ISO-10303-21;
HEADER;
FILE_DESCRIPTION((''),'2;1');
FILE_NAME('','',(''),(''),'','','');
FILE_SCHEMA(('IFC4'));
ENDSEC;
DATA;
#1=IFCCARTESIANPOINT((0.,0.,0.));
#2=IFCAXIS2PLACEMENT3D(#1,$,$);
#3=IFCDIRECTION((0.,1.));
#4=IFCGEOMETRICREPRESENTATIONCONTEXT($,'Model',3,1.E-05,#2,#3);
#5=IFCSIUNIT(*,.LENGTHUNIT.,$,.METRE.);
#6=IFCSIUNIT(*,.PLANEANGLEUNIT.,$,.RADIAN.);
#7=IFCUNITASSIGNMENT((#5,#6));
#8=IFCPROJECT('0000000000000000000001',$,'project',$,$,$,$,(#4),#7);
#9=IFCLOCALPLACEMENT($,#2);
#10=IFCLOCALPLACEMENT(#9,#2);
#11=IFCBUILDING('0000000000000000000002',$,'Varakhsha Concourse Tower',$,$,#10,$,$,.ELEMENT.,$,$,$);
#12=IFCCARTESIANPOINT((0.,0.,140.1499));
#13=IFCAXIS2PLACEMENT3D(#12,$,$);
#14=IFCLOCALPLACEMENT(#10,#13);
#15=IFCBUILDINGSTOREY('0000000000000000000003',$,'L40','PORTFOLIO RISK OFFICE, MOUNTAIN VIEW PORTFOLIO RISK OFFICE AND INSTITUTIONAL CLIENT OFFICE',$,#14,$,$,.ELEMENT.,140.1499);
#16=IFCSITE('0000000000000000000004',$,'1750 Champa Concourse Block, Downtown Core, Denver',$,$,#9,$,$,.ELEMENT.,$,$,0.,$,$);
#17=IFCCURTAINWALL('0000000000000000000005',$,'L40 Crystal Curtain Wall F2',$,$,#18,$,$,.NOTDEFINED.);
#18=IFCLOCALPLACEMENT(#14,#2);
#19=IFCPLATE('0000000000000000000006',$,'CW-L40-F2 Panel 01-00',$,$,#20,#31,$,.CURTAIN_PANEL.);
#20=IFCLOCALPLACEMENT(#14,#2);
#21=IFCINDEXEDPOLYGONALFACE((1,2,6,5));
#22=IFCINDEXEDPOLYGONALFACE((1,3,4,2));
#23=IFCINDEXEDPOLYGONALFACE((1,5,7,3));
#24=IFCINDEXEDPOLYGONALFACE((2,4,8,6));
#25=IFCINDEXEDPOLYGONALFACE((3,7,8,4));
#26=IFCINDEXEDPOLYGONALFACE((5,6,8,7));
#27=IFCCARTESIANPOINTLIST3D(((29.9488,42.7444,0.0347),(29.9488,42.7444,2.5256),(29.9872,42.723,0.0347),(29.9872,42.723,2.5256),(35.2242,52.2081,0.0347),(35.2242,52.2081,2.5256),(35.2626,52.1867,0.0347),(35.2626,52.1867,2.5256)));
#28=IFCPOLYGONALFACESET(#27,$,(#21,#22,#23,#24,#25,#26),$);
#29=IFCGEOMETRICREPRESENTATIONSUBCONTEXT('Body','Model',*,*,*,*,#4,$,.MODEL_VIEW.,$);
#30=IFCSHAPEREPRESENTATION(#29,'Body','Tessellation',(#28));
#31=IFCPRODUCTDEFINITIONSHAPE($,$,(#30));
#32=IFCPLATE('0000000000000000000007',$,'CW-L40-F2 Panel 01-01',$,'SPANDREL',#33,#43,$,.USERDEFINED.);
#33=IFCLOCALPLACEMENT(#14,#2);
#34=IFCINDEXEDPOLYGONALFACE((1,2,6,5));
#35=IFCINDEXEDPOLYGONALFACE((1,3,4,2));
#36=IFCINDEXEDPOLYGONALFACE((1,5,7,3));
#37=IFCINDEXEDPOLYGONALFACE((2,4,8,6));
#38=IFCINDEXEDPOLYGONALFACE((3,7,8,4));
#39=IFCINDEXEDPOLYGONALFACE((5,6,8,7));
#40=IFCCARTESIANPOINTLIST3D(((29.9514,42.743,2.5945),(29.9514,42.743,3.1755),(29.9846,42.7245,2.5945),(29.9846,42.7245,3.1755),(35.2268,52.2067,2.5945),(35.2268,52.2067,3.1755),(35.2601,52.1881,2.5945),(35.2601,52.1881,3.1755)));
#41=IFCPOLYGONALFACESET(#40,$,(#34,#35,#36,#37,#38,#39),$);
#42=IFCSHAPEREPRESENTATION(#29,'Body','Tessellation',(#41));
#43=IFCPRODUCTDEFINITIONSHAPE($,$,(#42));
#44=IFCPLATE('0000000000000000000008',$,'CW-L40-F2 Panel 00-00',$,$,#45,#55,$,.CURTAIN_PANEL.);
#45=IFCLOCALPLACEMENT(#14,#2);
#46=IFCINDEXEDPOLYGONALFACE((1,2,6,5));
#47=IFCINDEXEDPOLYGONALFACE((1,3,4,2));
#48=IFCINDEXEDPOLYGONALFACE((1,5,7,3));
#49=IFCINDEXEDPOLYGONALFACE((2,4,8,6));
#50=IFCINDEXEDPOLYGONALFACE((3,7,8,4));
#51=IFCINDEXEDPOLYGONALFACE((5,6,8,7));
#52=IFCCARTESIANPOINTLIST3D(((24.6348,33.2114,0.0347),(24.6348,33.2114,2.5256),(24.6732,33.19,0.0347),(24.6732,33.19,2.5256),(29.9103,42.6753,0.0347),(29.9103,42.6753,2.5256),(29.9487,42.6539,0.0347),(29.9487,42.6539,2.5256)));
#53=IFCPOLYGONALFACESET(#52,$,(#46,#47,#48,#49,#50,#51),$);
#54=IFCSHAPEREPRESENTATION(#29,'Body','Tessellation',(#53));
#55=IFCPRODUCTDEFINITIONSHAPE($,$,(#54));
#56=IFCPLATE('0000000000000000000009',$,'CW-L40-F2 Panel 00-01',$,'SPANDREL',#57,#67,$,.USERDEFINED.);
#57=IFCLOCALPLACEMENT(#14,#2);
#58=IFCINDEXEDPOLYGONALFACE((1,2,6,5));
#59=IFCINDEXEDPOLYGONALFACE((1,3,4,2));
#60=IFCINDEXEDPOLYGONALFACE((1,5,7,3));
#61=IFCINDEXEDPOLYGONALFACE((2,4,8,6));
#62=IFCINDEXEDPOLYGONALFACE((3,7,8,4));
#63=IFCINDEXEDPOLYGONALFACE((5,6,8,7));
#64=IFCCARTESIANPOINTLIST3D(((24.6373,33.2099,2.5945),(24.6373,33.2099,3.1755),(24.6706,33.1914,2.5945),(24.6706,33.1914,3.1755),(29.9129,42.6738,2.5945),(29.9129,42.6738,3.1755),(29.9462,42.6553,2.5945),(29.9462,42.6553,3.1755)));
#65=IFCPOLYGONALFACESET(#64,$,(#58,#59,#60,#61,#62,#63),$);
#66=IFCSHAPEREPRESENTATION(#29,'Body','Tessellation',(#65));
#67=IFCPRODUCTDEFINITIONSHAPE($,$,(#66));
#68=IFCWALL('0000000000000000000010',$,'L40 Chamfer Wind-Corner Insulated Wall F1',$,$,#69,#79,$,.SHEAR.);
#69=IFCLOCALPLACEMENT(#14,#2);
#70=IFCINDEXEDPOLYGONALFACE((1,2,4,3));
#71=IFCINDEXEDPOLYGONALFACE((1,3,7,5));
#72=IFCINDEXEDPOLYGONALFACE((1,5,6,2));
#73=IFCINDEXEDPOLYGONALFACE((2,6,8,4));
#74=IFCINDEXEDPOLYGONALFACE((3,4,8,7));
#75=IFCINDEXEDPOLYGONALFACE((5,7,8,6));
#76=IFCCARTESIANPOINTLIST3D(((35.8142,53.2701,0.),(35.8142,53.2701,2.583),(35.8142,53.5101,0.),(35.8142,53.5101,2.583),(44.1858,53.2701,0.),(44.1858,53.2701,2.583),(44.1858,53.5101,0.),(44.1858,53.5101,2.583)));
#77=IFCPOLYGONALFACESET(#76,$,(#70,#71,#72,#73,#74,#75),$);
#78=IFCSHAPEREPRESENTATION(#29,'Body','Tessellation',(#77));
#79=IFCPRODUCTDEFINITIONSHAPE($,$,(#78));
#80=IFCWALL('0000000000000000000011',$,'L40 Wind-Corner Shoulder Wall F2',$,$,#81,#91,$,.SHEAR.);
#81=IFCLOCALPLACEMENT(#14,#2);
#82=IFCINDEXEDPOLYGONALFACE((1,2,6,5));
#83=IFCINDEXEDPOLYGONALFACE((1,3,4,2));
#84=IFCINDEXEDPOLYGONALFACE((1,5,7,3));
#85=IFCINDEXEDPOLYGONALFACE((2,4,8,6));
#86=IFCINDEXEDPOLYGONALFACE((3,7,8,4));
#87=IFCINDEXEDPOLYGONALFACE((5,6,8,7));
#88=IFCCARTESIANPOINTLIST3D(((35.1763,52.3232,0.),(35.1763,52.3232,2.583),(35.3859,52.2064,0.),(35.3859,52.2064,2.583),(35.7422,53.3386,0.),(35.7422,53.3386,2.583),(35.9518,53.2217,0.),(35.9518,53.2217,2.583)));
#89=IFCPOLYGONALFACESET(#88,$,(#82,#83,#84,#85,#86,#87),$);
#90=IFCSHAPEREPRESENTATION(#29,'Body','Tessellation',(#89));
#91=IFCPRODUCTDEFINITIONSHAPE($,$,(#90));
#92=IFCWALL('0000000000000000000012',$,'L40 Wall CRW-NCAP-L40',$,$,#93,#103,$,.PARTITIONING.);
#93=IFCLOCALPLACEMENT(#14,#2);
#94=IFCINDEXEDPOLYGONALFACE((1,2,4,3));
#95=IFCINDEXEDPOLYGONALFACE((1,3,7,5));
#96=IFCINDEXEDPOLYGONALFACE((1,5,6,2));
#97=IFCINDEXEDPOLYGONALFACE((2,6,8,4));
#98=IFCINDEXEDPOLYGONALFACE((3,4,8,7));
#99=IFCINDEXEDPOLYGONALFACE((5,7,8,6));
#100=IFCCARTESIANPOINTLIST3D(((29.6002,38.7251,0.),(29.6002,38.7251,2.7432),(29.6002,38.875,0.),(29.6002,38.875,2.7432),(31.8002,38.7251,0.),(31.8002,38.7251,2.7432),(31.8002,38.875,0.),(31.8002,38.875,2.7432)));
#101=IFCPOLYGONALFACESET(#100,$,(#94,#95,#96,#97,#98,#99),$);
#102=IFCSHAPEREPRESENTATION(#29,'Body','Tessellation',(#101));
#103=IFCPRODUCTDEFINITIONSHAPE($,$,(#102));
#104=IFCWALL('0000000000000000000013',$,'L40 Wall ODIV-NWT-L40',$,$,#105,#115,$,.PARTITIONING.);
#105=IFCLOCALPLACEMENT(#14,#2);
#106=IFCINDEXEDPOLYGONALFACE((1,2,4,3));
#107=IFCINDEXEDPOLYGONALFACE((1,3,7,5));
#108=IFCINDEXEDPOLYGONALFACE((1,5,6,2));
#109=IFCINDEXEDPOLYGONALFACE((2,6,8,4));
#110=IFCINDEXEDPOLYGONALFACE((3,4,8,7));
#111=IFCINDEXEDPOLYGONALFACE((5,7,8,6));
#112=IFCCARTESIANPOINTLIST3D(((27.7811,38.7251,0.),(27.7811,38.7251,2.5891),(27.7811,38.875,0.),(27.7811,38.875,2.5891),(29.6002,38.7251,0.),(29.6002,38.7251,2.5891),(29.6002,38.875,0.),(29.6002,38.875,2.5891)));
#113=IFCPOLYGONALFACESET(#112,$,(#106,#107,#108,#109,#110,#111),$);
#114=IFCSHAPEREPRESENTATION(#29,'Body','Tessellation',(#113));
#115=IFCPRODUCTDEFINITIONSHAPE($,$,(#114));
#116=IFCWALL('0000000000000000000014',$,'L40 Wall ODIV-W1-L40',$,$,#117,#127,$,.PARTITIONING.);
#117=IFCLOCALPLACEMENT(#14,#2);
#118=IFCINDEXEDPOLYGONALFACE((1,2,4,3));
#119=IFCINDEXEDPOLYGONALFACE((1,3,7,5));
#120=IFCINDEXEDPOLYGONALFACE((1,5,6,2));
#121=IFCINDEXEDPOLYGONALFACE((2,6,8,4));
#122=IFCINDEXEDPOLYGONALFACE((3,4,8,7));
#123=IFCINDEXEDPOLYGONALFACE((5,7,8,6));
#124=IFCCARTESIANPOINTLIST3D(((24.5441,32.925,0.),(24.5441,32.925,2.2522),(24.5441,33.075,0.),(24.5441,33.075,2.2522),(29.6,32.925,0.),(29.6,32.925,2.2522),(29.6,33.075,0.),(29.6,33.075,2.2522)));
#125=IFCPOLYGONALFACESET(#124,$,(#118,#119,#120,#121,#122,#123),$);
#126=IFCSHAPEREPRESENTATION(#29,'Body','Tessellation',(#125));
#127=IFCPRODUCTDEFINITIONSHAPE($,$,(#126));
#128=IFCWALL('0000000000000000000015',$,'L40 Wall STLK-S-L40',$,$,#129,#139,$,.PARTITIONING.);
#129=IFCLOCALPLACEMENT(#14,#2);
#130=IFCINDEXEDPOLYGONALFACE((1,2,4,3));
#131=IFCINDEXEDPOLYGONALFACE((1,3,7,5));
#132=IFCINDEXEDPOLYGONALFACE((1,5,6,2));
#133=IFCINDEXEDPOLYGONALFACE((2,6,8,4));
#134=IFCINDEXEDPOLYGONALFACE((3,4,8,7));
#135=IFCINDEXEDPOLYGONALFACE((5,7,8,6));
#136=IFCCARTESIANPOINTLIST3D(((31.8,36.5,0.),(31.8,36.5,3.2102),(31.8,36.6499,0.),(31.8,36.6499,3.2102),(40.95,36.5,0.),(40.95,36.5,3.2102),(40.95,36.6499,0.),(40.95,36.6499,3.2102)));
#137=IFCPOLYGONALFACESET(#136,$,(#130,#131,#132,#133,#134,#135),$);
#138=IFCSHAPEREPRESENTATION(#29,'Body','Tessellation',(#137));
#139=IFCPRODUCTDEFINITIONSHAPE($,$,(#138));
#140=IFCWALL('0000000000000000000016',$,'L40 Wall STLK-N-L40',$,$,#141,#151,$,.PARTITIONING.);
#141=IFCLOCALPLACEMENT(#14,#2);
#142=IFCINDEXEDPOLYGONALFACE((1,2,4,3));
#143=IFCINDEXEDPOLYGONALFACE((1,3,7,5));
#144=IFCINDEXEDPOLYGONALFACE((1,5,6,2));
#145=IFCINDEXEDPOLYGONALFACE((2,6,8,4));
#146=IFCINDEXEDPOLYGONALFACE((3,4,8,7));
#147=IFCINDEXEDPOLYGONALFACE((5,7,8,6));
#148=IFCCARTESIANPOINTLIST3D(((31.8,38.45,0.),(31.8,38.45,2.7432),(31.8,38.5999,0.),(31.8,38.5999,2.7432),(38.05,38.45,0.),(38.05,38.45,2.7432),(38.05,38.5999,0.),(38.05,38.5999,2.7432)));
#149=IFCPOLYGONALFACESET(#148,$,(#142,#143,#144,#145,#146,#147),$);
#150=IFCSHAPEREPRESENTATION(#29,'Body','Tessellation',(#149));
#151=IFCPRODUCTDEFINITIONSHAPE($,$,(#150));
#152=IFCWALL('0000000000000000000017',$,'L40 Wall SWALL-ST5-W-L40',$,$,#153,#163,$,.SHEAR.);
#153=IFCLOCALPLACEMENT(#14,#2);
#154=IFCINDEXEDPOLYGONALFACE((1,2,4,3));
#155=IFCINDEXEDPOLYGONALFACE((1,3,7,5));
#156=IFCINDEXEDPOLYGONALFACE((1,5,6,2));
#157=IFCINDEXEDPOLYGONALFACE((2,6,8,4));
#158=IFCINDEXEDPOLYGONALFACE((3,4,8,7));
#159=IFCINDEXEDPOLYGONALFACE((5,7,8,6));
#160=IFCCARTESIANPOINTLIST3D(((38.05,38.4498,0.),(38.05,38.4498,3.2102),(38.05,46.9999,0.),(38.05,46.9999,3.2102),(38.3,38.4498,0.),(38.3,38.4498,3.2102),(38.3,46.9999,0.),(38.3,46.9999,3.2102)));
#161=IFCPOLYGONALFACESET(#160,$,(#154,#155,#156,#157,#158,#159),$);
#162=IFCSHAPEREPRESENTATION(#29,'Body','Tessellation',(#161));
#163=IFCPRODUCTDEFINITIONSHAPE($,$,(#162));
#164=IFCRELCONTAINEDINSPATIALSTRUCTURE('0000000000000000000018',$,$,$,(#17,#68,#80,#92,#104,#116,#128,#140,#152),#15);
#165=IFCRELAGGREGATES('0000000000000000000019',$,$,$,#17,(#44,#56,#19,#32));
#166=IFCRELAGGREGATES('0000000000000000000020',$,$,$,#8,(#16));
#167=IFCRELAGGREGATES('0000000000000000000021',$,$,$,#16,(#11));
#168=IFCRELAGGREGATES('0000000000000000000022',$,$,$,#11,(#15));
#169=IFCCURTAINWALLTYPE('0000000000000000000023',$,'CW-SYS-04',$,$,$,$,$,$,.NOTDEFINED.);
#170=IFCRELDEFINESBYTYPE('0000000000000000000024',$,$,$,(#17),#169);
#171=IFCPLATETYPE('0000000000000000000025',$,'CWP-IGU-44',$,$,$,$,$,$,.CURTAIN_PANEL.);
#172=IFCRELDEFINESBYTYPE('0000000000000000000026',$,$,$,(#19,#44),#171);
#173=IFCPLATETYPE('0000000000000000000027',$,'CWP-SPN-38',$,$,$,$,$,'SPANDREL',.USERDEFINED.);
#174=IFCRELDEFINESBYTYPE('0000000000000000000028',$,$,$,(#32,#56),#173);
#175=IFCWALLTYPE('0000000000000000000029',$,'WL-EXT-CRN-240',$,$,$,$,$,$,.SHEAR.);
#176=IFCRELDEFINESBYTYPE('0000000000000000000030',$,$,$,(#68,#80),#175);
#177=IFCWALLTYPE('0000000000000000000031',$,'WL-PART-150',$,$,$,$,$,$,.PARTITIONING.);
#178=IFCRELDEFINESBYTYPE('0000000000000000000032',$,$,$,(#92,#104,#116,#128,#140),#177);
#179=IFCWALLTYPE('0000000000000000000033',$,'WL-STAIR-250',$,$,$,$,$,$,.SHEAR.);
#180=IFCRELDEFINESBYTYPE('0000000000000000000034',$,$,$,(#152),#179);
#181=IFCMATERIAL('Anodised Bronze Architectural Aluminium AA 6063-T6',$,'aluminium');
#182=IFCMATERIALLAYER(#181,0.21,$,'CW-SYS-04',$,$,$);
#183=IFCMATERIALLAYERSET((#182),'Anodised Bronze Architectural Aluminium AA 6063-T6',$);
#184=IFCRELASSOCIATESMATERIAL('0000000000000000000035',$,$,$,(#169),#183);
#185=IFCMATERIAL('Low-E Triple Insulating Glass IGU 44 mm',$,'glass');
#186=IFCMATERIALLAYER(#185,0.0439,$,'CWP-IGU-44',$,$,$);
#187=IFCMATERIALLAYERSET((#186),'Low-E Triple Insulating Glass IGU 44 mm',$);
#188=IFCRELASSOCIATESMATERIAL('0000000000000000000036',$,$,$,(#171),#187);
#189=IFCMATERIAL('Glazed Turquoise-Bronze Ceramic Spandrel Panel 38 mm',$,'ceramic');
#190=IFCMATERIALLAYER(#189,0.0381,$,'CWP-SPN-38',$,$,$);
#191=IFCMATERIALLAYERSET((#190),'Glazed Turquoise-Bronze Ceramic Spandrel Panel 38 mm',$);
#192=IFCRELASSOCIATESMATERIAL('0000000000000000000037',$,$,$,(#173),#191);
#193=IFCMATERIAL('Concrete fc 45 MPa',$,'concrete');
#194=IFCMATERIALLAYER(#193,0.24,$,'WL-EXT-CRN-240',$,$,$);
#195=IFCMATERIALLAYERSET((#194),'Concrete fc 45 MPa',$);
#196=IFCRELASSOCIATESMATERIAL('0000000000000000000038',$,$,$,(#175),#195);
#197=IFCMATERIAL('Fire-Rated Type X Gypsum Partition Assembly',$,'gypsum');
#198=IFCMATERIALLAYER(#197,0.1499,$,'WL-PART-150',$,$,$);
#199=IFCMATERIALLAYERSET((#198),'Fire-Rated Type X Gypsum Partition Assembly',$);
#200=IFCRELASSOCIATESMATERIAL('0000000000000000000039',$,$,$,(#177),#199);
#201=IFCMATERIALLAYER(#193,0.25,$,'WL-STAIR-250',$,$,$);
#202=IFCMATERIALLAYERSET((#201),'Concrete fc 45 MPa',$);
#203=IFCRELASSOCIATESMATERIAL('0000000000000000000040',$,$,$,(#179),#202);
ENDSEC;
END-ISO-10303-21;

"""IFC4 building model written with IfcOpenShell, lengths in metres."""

from ifc_helpers import new_model, si_unit, direction, frame, frame_2d, origin, origin_2d, place, context, subcontext, project, spatial, rectangle, extrude, source, transform, mapped, material, layer, layer_set, type_object, type_shapes, element, aggregate, save


model = new_model("IFC4")

# Units and contexts
model_context = context("Model", 3, precision=1e-05, world=origin(), true_north=direction((0.0, 1.0)))
body_context = subcontext(model_context, "Body", "Model", "MODEL_VIEW")
ifc_project = project(units=[si_unit("LENGTHUNIT", "METRE"), si_unit("PLANEANGLEUNIT", "RADIAN")], contexts=[model_context])

# Site, building, storey
site_placement = place(None, origin())
site = spatial("IfcSite", under=ifc_project, at=site_placement, Name="1750 Champa Concourse Block, Downtown Core, Denver", CompositionType="ELEMENT", RefElevation=0.0)
building_placement = place(site_placement, origin())
building = spatial("IfcBuilding", under=site, at=building_placement, Name="Varakhsha Concourse Tower", CompositionType="ELEMENT")
storey_placement = place(building_placement, frame((0.0, 0.0, 140.1499)))
storey = spatial("IfcBuildingStorey", under=building, at=storey_placement, Name="L40", Description="PORTFOLIO RISK OFFICE, MOUNTAIN VIEW PORTFOLIO RISK OFFICE AND INSTITUTIONAL CLIENT OFFICE", CompositionType="ELEMENT", Elevation=140.1499)

# Curtain wall
ifc_material_1 = material(Name="Anodised Bronze Architectural Aluminium AA 6063-T6", Category="aluminium")
ifc_layer_1 = layer(ifc_material_1, 0.21, Name="CW-SYS-04")
ifc_layer_set_1 = layer_set([ifc_layer_1], Name="Anodised Bronze Architectural Aluminium AA 6063-T6")
curtain_wall_type = type_object("IfcCurtainWallType", Name="CW-SYS-04", PredefinedType="NOTDEFINED", material=ifc_layer_set_1)
curtain_wall_1_placement = place(storey_placement, origin())
curtain_wall_1 = element("IfcCurtainWall", 1, at=curtain_wall_1_placement, inside=storey, type_object=curtain_wall_type, Name="L40 Crystal Curtain Wall F2", PredefinedType="NOTDEFINED")

# Plates
ifc_material_2 = material(Name="Low-E Triple Insulating Glass IGU 44 mm", Category="glass")
ifc_layer_2 = layer(ifc_material_2, 0.0439, Name="CWP-IGU-44")
ifc_layer_set_2 = layer_set([ifc_layer_2], Name="Low-E Triple Insulating Glass IGU 44 mm")
plate_type_1 = type_object("IfcPlateType", Name="CWP-IGU-44", PredefinedType="CURTAIN_PANEL", material=ifc_layer_set_2)
shared_shape_1 = source(origin(), body_context, "Body", "SweptSolid", [
    extrude(rectangle(XDim=10.8347, YDim=0.0439, at=origin_2d()), origin(), (0.0, 0.0, 1.0), 2.491),
])
plate_1_placement = place(storey_placement, frame((32.6057, 47.4656, 0.0347), z_axis=(0.0, 0.0, 1.0), x_axis=(0.4869, 0.873458, 0.0)))
plate_1 = element("IfcPlate", 2, at=plate_1_placement, type_object=plate_type_1, Name="CW-L40-F2 Panel 01-00", PredefinedType="CURTAIN_PANEL", context=body_context, shape_type="MappedRepresentation", body=[
    mapped(shared_shape_1, transform((0.0, 0.0, 0.0), scale=1.0)),
])
ifc_material_3 = material(Name="Glazed Turquoise-Bronze Ceramic Spandrel Panel 38 mm", Category="ceramic")
ifc_layer_3 = layer(ifc_material_3, 0.0381, Name="CWP-SPN-38")
ifc_layer_set_3 = layer_set([ifc_layer_3], Name="Glazed Turquoise-Bronze Ceramic Spandrel Panel 38 mm")
plate_type_2 = type_object("IfcPlateType", Name="CWP-SPN-38", ElementType="SPANDREL", PredefinedType="USERDEFINED", material=ifc_layer_set_3)
shared_shape_2 = source(origin(), body_context, "Body", "SweptSolid", [
    extrude(rectangle(XDim=10.8347, YDim=0.0381, at=origin_2d()), origin(), (0.0, 0.0, 1.0), 0.5811),
])
plate_2_placement = place(storey_placement, frame((32.6057, 47.4656, 2.5945), z_axis=(0.0, 0.0, 1.0), x_axis=(0.4869, 0.873458, 0.0)))
plate_2 = element("IfcPlate", 3, at=plate_2_placement, type_object=plate_type_2, Name="CW-L40-F2 Panel 01-01", ObjectType="SPANDREL", PredefinedType="USERDEFINED", context=body_context, shape_type="MappedRepresentation", body=[
    mapped(shared_shape_2, transform((0.0, 0.0, 0.0), scale=1.0)),
])
shared_shape_3 = source(origin(), body_context, "Body", "SweptSolid", [
    extrude(rectangle(XDim=10.835, YDim=0.0439, at=origin_2d()), origin(), (0.0, 0.0, 1.0), 2.491),
])
type_shapes(plate_type_1, [shared_shape_1, shared_shape_3])
plate_3_placement = place(storey_placement, frame((27.2917, 37.9326, 0.0347), z_axis=(0.0, 0.0, 1.0), x_axis=(0.4869, 0.873458, 0.0)))
plate_3 = element("IfcPlate", 4, at=plate_3_placement, type_object=plate_type_1, Name="CW-L40-F2 Panel 00-00", PredefinedType="CURTAIN_PANEL", context=body_context, shape_type="MappedRepresentation", body=[
    mapped(shared_shape_3, transform((0.0, 0.0, 0.0), scale=1.0)),
])
shared_shape_4 = source(origin(), body_context, "Body", "SweptSolid", [
    extrude(rectangle(XDim=10.835, YDim=0.0381, at=origin_2d()), origin(), (0.0, 0.0, 1.0), 0.5811),
])
type_shapes(plate_type_2, [shared_shape_2, shared_shape_4])
plate_4_placement = place(storey_placement, frame((27.2917, 37.9326, 2.5945), z_axis=(0.0, 0.0, 1.0), x_axis=(0.4869, 0.873458, 0.0)))
plate_4 = element("IfcPlate", 5, at=plate_4_placement, type_object=plate_type_2, Name="CW-L40-F2 Panel 00-01", ObjectType="SPANDREL", PredefinedType="USERDEFINED", context=body_context, shape_type="MappedRepresentation", body=[
    mapped(shared_shape_4, transform((0.0, 0.0, 0.0), scale=1.0)),
])
aggregate(curtain_wall_1, [plate_3, plate_4, plate_1, plate_2])

# Walls
ifc_material_4 = material(Name="Concrete fc 45 MPa", Category="concrete")
ifc_layer_4 = layer(ifc_material_4, 0.24, Name="WL-EXT-CRN-240")
ifc_layer_set_4 = layer_set([ifc_layer_4], Name="Concrete fc 45 MPa")
wall_type_1 = type_object("IfcWallType", Name="WL-EXT-CRN-240", PredefinedType="SHEAR", material=ifc_layer_set_4)
wall_1_placement = place(storey_placement, frame((35.8142, 53.3901, 0.0), z_axis=(0.0, 0.0, 1.0), x_axis=(1.0, 0.0, 0.0)))
element("IfcWall", 6, at=wall_1_placement, inside=storey, type_object=wall_type_1, Name="L40 Chamfer Wind-Corner Insulated Wall F1", PredefinedType="SHEAR", context=body_context, shape_type="SweptSolid", body=[
    extrude(rectangle(XDim=8.3716, YDim=0.24, at=frame_2d((4.1858, 0.0))), origin(), (0.0, 0.0, 1.0), 2.583),
])
wall_2_placement = place(storey_placement, frame((35.8469, 53.28, 0.0), z_axis=(0.0, 0.0, 1.0), x_axis=(-0.486837, -0.873493, 0.0)))
element("IfcWall", 7, at=wall_2_placement, inside=storey, type_object=wall_type_1, Name="L40 Wind-Corner Shoulder Wall F2", PredefinedType="SHEAR", context=body_context, shape_type="SweptSolid", body=[
    extrude(rectangle(XDim=1.1624, YDim=0.24, at=frame_2d((0.5811, 0.0))), origin(), (0.0, 0.0, 1.0), 2.583),
])
ifc_material_5 = material(Name="Fire-Rated Type X Gypsum Partition Assembly", Category="gypsum")
ifc_layer_5 = layer(ifc_material_5, 0.1499, Name="WL-PART-150")
ifc_layer_set_5 = layer_set([ifc_layer_5], Name="Fire-Rated Type X Gypsum Partition Assembly")
wall_type_2 = type_object("IfcWallType", Name="WL-PART-150", PredefinedType="PARTITIONING", material=ifc_layer_set_5)
wall_3_placement = place(storey_placement, frame((29.6001, 38.8, 0.0), z_axis=(0.0, 0.0, 1.0), x_axis=(1.0, 0.0, 0.0)))
element("IfcWall", 8, at=wall_3_placement, inside=storey, type_object=wall_type_2, Name="L40 Wall CRW-NCAP-L40", PredefinedType="PARTITIONING", context=body_context, shape_type="SweptSolid", body=[
    extrude(rectangle(XDim=2.2, YDim=0.1499, at=frame_2d((1.1001, 0.0))), origin(), (0.0, 0.0, 1.0), 2.7432),
])
wall_4_placement = place(storey_placement, frame((27.781, 38.8, 0.0), z_axis=(0.0, 0.0, 1.0), x_axis=(1.0, 0.0, 0.0)))
element("IfcWall", 9, at=wall_4_placement, inside=storey, type_object=wall_type_2, Name="L40 Wall ODIV-NWT-L40", PredefinedType="PARTITIONING", context=body_context, shape_type="SweptSolid", body=[
    extrude(rectangle(XDim=1.8191, YDim=0.1499, at=frame_2d((0.9097, 0.0))), origin(), (0.0, 0.0, 1.0), 2.5891),
])
wall_5_placement = place(storey_placement, frame((24.5442, 33.0, 0.0), z_axis=(0.0, 0.0, 1.0), x_axis=(1.0, 0.0, 0.0)))
element("IfcWall", 10, at=wall_5_placement, inside=storey, type_object=wall_type_2, Name="L40 Wall ODIV-W1-L40", PredefinedType="PARTITIONING", context=body_context, shape_type="SweptSolid", body=[
    extrude(rectangle(XDim=5.0559, YDim=0.1499, at=frame_2d((2.5278, 0.0))), origin(), (0.0, 0.0, 1.0), 2.2522),
])
wall_6_placement = place(storey_placement, frame((31.8, 36.575, 0.0), z_axis=(0.0, 0.0, 1.0), x_axis=(1.0, 0.0, 0.0)))
element("IfcWall", 11, at=wall_6_placement, inside=storey, type_object=wall_type_2, Name="L40 Wall STLK-S-L40", PredefinedType="PARTITIONING", context=body_context, shape_type="SweptSolid", body=[
    extrude(rectangle(XDim=9.1499, YDim=0.1499, at=frame_2d((4.575, 0.0))), origin(), (0.0, 0.0, 1.0), 3.2102),
])
wall_7_placement = place(storey_placement, frame((31.8, 38.5249, 0.0), z_axis=(0.0, 0.0, 1.0), x_axis=(1.0, 0.0, 0.0)))
element("IfcWall", 12, at=wall_7_placement, inside=storey, type_object=wall_type_2, Name="L40 Wall STLK-N-L40", PredefinedType="PARTITIONING", context=body_context, shape_type="SweptSolid", body=[
    extrude(rectangle(XDim=6.25, YDim=0.1499, at=frame_2d((3.125, 0.0))), origin(), (0.0, 0.0, 1.0), 2.7432),
])
ifc_layer_6 = layer(ifc_material_4, 0.25, Name="WL-STAIR-250")
ifc_layer_set_6 = layer_set([ifc_layer_6], Name="Concrete fc 45 MPa")
wall_type_3 = type_object("IfcWallType", Name="WL-STAIR-250", PredefinedType="SHEAR", material=ifc_layer_set_6)
wall_8_placement = place(storey_placement, frame((38.175, 38.45, 0.0), z_axis=(0.0, 0.0, 1.0), x_axis=(0.0, 1.0, 0.0)))
element("IfcWall", 13, at=wall_8_placement, inside=storey, type_object=wall_type_3, Name="L40 Wall SWALL-ST5-W-L40", PredefinedType="SHEAR", context=body_context, shape_type="SweptSolid", body=[
    extrude(rectangle(XDim=8.55, YDim=0.25, at=frame_2d((4.2749, 0.0))), origin(), (0.0, 0.0, 1.0), 3.2102),
])

save(model, "model.ifc")
